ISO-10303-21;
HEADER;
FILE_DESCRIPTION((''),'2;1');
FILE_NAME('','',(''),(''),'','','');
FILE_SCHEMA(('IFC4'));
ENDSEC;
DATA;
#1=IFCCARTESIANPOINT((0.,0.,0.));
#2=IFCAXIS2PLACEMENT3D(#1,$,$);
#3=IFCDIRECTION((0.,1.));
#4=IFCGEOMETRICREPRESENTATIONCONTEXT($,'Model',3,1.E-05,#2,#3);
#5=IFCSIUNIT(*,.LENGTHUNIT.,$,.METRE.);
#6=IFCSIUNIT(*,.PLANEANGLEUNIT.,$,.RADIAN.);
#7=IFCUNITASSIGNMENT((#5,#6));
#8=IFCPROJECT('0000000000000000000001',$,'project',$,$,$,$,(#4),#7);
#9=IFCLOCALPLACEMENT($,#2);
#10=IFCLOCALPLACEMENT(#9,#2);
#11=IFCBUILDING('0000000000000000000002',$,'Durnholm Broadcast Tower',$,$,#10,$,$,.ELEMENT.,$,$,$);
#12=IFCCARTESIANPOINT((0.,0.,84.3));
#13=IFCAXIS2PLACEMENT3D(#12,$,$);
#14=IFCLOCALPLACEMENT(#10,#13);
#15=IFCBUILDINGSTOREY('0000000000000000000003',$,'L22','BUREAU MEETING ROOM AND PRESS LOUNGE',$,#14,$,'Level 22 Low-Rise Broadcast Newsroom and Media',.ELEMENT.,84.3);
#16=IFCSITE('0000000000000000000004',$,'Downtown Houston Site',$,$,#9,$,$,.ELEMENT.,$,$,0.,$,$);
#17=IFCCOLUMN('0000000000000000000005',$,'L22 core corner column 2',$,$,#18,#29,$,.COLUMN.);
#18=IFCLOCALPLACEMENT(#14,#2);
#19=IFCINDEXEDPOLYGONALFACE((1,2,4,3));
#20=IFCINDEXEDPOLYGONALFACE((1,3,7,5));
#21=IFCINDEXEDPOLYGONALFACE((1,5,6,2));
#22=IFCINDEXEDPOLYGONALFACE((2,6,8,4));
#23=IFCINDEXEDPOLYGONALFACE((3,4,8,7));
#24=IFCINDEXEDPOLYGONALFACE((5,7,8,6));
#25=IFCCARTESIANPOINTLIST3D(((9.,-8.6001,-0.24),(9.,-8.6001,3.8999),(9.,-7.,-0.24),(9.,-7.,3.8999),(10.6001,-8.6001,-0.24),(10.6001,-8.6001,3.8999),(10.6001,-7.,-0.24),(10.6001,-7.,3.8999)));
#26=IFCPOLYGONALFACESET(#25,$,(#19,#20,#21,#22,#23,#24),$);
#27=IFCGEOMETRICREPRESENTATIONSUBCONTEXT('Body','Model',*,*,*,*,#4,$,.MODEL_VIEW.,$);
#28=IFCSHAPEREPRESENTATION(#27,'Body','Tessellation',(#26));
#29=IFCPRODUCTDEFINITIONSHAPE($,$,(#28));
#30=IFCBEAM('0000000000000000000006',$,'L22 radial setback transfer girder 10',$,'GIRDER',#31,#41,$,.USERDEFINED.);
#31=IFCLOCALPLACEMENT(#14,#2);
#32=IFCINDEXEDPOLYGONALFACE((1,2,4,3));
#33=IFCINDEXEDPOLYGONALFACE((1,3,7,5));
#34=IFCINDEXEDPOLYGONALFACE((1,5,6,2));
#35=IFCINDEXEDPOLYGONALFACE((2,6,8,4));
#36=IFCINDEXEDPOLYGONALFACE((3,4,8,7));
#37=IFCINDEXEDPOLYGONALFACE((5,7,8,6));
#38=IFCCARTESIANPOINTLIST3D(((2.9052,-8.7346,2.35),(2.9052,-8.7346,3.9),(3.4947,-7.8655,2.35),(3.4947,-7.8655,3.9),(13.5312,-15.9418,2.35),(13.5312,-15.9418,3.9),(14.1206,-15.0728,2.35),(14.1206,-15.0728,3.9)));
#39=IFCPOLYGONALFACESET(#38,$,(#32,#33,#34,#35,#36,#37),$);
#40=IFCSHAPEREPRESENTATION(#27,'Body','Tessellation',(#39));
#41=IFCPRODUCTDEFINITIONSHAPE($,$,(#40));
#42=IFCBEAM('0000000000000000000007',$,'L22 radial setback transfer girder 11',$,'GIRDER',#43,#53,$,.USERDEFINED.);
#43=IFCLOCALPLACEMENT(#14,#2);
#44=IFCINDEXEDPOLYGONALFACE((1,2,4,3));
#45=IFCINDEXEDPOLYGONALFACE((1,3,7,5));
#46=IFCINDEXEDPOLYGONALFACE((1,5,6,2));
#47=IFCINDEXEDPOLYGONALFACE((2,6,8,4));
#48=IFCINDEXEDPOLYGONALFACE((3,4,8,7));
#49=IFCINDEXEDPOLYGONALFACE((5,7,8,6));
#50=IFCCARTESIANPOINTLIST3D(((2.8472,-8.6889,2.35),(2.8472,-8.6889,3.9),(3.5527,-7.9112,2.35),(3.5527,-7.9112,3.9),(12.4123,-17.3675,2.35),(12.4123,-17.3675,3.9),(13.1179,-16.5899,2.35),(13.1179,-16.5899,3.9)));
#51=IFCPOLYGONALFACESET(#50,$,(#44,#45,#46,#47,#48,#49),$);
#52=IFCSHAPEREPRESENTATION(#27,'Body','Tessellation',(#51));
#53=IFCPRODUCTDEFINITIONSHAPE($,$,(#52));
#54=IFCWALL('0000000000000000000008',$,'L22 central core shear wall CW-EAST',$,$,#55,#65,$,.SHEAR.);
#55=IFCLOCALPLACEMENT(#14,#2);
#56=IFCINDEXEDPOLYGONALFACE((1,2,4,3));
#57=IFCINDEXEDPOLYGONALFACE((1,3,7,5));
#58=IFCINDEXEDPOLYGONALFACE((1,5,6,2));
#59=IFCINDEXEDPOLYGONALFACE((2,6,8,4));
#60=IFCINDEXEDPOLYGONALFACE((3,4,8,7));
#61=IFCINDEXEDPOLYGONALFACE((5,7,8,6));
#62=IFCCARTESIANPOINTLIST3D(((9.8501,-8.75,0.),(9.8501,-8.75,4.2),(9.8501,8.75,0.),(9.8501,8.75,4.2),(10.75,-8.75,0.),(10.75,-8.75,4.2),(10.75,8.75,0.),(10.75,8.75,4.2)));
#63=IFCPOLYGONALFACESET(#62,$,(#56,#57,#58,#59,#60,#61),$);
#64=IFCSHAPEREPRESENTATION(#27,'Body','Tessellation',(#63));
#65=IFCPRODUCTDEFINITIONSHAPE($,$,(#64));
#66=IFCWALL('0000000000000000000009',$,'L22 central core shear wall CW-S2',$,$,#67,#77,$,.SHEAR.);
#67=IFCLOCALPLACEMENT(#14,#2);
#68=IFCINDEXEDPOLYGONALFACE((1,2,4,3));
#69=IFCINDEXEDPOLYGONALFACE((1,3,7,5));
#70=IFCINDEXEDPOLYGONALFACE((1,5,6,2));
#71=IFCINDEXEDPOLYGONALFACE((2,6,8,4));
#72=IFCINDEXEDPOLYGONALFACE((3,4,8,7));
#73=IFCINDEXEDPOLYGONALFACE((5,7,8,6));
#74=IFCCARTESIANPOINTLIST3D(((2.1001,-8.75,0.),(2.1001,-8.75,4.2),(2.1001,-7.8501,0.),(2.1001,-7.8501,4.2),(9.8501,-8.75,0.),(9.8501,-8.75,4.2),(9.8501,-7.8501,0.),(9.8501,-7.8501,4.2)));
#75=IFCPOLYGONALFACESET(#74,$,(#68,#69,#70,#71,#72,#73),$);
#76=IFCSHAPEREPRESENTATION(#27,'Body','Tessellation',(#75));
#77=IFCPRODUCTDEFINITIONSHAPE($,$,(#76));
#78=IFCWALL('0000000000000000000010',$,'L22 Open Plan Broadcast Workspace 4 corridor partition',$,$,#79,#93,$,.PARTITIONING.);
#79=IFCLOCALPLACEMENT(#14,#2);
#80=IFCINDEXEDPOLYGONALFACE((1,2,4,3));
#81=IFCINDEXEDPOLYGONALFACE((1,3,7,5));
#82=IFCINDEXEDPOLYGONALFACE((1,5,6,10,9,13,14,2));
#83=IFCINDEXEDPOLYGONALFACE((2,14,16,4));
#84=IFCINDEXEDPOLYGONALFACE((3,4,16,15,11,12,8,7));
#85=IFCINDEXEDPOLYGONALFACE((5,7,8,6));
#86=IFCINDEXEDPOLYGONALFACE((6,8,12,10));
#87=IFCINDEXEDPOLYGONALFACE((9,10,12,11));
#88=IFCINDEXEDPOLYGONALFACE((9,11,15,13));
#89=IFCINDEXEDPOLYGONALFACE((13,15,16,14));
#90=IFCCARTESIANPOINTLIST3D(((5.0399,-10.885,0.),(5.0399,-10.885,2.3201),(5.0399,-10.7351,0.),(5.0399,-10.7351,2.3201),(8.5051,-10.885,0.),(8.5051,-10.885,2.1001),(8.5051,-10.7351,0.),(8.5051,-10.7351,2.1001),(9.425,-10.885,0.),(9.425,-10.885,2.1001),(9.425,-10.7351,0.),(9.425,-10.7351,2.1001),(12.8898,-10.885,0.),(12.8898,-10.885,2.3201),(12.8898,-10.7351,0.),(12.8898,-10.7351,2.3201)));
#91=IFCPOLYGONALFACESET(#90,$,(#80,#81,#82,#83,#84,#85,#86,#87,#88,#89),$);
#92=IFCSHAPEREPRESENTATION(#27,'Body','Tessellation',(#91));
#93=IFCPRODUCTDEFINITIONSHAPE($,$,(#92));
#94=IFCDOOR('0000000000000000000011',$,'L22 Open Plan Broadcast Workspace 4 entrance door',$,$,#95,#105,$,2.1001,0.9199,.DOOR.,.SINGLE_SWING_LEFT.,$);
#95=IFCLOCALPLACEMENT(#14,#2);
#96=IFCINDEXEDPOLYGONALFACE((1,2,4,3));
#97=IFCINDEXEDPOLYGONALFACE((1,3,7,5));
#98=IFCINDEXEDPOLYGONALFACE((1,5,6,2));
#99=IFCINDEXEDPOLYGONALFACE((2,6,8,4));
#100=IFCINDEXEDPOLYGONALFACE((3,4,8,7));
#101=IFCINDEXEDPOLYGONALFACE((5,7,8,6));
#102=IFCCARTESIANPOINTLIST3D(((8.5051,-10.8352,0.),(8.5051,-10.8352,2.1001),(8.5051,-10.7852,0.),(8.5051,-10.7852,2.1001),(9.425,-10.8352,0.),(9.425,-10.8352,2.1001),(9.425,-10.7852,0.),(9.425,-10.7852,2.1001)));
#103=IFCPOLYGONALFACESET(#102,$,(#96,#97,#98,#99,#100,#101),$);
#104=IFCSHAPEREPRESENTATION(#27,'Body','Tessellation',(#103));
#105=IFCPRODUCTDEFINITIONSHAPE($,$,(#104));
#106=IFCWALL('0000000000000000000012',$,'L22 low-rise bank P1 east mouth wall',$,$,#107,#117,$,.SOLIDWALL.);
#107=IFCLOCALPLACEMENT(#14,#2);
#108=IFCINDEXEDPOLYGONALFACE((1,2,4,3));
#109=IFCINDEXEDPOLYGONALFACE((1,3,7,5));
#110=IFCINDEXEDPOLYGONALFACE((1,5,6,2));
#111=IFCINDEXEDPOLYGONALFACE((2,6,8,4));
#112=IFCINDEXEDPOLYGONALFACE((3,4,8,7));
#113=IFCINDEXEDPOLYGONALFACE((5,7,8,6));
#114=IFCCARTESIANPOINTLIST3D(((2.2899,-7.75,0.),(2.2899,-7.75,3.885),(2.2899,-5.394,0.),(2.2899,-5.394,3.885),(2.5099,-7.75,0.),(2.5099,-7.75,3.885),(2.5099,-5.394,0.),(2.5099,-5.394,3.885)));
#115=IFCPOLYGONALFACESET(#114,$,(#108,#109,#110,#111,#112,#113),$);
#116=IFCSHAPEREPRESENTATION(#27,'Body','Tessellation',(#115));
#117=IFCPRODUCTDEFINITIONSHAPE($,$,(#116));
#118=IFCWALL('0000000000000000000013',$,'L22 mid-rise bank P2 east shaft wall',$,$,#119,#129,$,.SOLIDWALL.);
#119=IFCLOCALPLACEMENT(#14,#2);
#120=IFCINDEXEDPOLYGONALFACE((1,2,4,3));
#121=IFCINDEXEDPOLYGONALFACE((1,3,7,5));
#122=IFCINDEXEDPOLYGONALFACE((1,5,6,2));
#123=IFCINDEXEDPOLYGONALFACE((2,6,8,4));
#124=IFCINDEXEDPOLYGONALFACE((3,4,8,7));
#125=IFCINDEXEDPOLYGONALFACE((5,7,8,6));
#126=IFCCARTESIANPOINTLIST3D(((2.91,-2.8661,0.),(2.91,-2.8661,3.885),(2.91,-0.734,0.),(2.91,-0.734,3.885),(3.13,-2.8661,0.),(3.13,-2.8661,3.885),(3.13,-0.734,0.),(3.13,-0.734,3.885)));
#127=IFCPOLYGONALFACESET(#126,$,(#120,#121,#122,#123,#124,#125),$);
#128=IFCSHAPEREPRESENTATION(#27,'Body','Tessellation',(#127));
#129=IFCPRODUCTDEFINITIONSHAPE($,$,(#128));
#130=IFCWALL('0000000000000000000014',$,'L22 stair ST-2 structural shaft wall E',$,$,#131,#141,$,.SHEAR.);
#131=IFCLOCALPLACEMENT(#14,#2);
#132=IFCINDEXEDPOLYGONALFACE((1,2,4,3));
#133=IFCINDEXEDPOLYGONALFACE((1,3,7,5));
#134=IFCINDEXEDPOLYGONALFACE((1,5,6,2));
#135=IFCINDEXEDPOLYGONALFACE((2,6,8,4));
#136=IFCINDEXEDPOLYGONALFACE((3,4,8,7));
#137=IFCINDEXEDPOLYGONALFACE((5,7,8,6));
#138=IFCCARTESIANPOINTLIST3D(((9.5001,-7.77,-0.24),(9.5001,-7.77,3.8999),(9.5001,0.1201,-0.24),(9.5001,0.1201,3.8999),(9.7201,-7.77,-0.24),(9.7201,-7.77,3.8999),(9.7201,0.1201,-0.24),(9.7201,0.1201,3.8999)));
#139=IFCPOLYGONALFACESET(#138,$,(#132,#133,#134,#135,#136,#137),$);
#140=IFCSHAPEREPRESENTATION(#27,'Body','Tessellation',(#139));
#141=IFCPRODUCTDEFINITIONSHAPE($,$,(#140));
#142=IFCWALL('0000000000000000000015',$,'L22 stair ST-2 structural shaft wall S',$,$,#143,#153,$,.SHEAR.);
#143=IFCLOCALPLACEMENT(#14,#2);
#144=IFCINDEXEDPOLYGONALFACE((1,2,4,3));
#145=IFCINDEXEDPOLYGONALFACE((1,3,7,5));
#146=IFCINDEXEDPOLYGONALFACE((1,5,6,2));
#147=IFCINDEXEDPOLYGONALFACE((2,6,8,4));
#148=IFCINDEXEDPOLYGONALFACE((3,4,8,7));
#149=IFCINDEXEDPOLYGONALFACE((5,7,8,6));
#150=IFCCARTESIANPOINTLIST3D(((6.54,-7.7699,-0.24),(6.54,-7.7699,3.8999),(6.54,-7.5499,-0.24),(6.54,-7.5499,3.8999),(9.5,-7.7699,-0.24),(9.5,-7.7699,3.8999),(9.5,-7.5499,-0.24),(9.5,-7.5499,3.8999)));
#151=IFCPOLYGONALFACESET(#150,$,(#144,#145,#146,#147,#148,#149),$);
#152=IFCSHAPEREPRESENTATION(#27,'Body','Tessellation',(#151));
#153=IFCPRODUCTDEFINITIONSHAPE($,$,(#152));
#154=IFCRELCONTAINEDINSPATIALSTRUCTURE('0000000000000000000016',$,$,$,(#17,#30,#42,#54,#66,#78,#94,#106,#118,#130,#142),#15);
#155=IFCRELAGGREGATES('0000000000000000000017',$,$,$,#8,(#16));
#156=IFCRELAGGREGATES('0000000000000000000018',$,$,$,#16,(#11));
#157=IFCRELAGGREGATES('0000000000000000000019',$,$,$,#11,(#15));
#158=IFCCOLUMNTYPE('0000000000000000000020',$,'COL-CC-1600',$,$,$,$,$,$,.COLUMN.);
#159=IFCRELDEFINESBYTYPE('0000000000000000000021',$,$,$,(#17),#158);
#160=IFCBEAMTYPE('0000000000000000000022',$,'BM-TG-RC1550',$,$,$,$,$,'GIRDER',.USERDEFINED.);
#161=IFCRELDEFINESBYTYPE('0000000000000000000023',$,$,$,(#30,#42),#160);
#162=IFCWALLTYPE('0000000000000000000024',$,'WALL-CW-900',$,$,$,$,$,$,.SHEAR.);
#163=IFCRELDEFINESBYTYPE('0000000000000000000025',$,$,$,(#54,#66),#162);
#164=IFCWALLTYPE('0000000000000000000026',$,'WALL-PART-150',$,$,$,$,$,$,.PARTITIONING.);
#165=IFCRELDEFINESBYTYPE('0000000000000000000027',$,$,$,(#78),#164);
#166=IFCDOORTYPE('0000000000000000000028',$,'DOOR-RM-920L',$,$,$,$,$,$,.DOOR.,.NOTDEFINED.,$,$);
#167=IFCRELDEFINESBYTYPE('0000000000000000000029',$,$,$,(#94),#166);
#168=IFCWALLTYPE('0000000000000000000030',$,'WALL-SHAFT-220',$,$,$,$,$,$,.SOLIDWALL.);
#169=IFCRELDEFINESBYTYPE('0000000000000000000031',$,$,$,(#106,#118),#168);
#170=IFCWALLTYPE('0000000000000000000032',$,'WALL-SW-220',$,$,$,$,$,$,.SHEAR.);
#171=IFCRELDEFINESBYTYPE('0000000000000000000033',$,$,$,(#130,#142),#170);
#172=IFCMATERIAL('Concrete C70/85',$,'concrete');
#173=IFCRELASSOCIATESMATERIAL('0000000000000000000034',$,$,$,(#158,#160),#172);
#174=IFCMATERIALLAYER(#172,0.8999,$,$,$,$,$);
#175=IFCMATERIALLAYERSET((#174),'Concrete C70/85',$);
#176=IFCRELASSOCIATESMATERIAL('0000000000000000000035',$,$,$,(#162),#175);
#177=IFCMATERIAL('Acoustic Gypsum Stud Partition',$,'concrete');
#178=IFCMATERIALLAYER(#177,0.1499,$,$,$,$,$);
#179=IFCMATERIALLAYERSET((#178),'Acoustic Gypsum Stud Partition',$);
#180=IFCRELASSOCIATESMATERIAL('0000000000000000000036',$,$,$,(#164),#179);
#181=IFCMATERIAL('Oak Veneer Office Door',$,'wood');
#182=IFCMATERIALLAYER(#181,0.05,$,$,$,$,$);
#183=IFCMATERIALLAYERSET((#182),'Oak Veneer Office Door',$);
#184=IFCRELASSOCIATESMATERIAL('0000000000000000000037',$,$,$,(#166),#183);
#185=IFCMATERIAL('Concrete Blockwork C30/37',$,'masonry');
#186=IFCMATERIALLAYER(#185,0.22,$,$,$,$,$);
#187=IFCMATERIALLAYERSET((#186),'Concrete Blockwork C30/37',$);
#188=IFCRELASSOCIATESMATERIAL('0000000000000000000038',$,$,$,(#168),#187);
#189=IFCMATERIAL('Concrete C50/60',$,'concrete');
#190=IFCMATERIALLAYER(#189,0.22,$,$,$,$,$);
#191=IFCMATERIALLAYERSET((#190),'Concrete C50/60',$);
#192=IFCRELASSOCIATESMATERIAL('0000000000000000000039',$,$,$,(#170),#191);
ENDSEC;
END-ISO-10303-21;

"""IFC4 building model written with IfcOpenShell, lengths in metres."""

from ifc_helpers import new_model, si_unit, direction, frame, frame_2d, origin, origin_2d, place, context, subcontext, project, spatial, rectangle, extrude, source, transform, mapped, material, layer, layer_set, material_profile, profile_set, type_object, type_shapes, element, fill, save


model = new_model("IFC4")

# Units and contexts
model_context = context("Model", 3, precision=1e-05, world=origin(), true_north=direction((0.0, 1.0)))
body_context = subcontext(model_context, "Body", "Model", "MODEL_VIEW")
ifc_project = project(units=[si_unit("LENGTHUNIT", "METRE"), si_unit("PLANEANGLEUNIT", "RADIAN")], contexts=[model_context])

# Site, building, storey
site_placement = place(None, origin())
site = spatial("IfcSite", under=ifc_project, at=site_placement, Name="Downtown Houston Site", CompositionType="ELEMENT", RefElevation=0.0)
building_placement = place(site_placement, origin())
building = spatial("IfcBuilding", under=site, at=building_placement, Name="Durnholm Broadcast Tower", CompositionType="ELEMENT")
storey_placement = place(building_placement, frame((0.0, 0.0, 84.3)))
storey = spatial("IfcBuildingStorey", under=building, at=storey_placement, Name="L22", Description="BUREAU MEETING ROOM AND PRESS LOUNGE", LongName="Level 22 Low-Rise Broadcast Newsroom and Media", CompositionType="ELEMENT", Elevation=84.3)

# Column
ifc_material_1 = material(Name="Concrete C70/85", Category="concrete")
ifc_material_profile_1 = material_profile(ifc_material_1, rectangle(XDim=1.6001, YDim=1.6001, at=origin_2d()), Name="RC1600X1600")
ifc_profile_set_1 = profile_set([ifc_material_profile_1], Name="Concrete C70/85")
column_type = type_object("IfcColumnType", Name="COL-CC-1600", PredefinedType="COLUMN", material=ifc_profile_set_1)
shared_shape_1 = source(origin(), body_context, "Body", "SweptSolid", [
    extrude(rectangle(XDim=1.6001, YDim=1.6001, at=origin_2d()), origin(), (0.0, 0.0, 1.0), 4.1399),
])
type_shapes(column_type, [shared_shape_1])
column_placement = place(storey_placement, frame((9.8, -7.8, -0.24), z_axis=(0.0, 0.0, 1.0), x_axis=(1.0, 0.0, 0.0)))
element("IfcColumn", 1, at=column_placement, inside=storey, type_object=column_type, Name="L22 core corner column 2", PredefinedType="COLUMN", context=body_context, shape_type="MappedRepresentation", body=[
    mapped(shared_shape_1, transform((0.0, 0.0, 0.0), x_axis=(1.0, 0.0, 0.0), y_axis=(0.0, 1.0, 0.0), z_axis=(0.0, 0.0, 1.0), scale=1.0)),
])

# Beams
ifc_material_profile_2 = material_profile(ifc_material_1, rectangle(XDim=1.05, YDim=1.55, at=origin_2d()), Name="RC1050X1550")
ifc_profile_set_2 = profile_set([ifc_material_profile_2], Name="Concrete C70/85")
beam_type = type_object("IfcBeamType", Name="BM-TG-RC1550", ElementType="GIRDER", PredefinedType="USERDEFINED", material=ifc_profile_set_2)
shared_shape_2 = source(origin(), body_context, "Body", "SweptSolid", [
    extrude(rectangle(XDim=1.05, YDim=1.55, at=origin_2d()), origin(), (0.0, 0.0, 1.0), 12.8396),
])
beam_1_placement = place(storey_placement, frame((3.2, -8.3, 3.125), z_axis=(0.827592, -0.56133, 0.0), x_axis=(0.56133, 0.827592, 0.0)))
element("IfcBeam", 2, at=beam_1_placement, inside=storey, type_object=beam_type, Name="L22 radial setback transfer girder 10", ObjectType="GIRDER", PredefinedType="USERDEFINED", context=body_context, shape_type="MappedRepresentation", body=[
    mapped(shared_shape_2, transform((0.0, 0.0, 0.0), x_axis=(1.0, 0.0, 0.0), y_axis=(0.0, 1.0, 0.0), z_axis=(0.0, 0.0, 1.0), scale=1.0)),
])
shared_shape_3 = source(origin(), body_context, "Body", "SweptSolid", [
    extrude(rectangle(XDim=1.05, YDim=1.55, at=origin_2d()), origin(), (0.0, 0.0, 1.0), 12.9155),
])
type_shapes(beam_type, [shared_shape_2, shared_shape_3])
beam_2_placement = place(storey_placement, frame((3.2, -8.3, 3.125), z_axis=(0.740591, -0.671956, 0.0), x_axis=(0.671956, 0.740591, 0.0)))
element("IfcBeam", 3, at=beam_2_placement, inside=storey, type_object=beam_type, Name="L22 radial setback transfer girder 11", ObjectType="GIRDER", PredefinedType="USERDEFINED", context=body_context, shape_type="MappedRepresentation", body=[
    mapped(shared_shape_3, transform((0.0, 0.0, 0.0), x_axis=(1.0, 0.0, 0.0), y_axis=(0.0, 1.0, 0.0), z_axis=(0.0, 0.0, 1.0), scale=1.0)),
])

# Walls
ifc_layer_1 = layer(ifc_material_1, 0.8999)
ifc_layer_set_1 = layer_set([ifc_layer_1], Name="Concrete C70/85")
wall_type_1 = type_object("IfcWallType", Name="WALL-CW-900", PredefinedType="SHEAR", material=ifc_layer_set_1)
wall_1_placement = place(storey_placement, frame((10.3, -8.75, 0.0), z_axis=(0.0, 0.0, 1.0), x_axis=(0.0, 1.0, 0.0)))
element("IfcWall", 4, at=wall_1_placement, inside=storey, type_object=wall_type_1, Name="L22 central core shear wall CW-EAST", PredefinedType="SHEAR", context=body_context, shape_type="SweptSolid", body=[
    extrude(rectangle(XDim=17.5, YDim=0.8999, at=frame_2d((8.75, 0.0))), origin(), (0.0, 0.0, 1.0), 4.2),
])
wall_2_placement = place(storey_placement, frame((2.1001, -8.3, 0.0), z_axis=(0.0, 0.0, 1.0), x_axis=(1.0, 0.0, 0.0)))
element("IfcWall", 5, at=wall_2_placement, inside=storey, type_object=wall_type_1, Name="L22 central core shear wall CW-S2", PredefinedType="SHEAR", context=body_context, shape_type="SweptSolid", body=[
    extrude(rectangle(XDim=7.75, YDim=0.8999, at=frame_2d((3.875, 0.0))), origin(), (0.0, 0.0, 1.0), 4.2),
])

# Wall, opening, door
ifc_material_2 = material(Name="Acoustic Gypsum Stud Partition", Category="concrete")
ifc_layer_2 = layer(ifc_material_2, 0.1499)
ifc_layer_set_2 = layer_set([ifc_layer_2], Name="Acoustic Gypsum Stud Partition")
wall_type_2 = type_object("IfcWallType", Name="WALL-PART-150", PredefinedType="PARTITIONING", material=ifc_layer_set_2)
wall_3_placement = place(storey_placement, frame((5.04, -10.8101, 0.0), z_axis=(0.0, 0.0, 1.0), x_axis=(1.0, 0.0, 0.0)))
wall_3 = element("IfcWall", 6, at=wall_3_placement, inside=storey, type_object=wall_type_2, Name="L22 Open Plan Broadcast Workspace 4 corridor partition", PredefinedType="PARTITIONING", context=body_context, shape_type="SweptSolid", body=[
    extrude(rectangle(XDim=7.8499, YDim=0.1499, at=frame_2d((3.9248, 0.0))), origin(), (0.0, 0.0, 1.0), 2.3201),
])
opening_1_placement = place(wall_3_placement, frame((3.4651, 0.0, 0.0)))
opening_1 = element("IfcOpeningElement", 7, at=opening_1_placement, cuts=wall_3, PredefinedType="OPENING", context=body_context, shape_type="SweptSolid", body=[
    extrude(rectangle(XDim=0.9199, YDim=2.1001, at=frame_2d((0.46, 1.05))), frame((0.0, 0.085, 0.0), z_axis=(0.0, -1.0, 0.0), x_axis=(1.0, 0.0, 0.0)), (0.0, 0.0, 1.0), 0.1699),
])
ifc_material_3 = material(Name="Oak Veneer Office Door", Category="wood")
ifc_layer_3 = layer(ifc_material_3, 0.05)
ifc_layer_set_3 = layer_set([ifc_layer_3], Name="Oak Veneer Office Door")
door_type_1 = type_object("IfcDoorType", Name="DOOR-RM-920L", OperationType="NOTDEFINED", PredefinedType="DOOR", material=ifc_layer_set_3)
shared_shape_4 = source(origin(), body_context, "Body", "SweptSolid", [
    extrude(rectangle(XDim=0.9199, YDim=2.1001, at=frame_2d((0.46, 1.05))), frame((0.0, 0.0249, 0.0), z_axis=(0.0, -1.0, 0.0), x_axis=(1.0, 0.0, 0.0)), (0.0, 0.0, 1.0), 0.05),
])
type_shapes(door_type_1, [shared_shape_4])
door_1_placement = place(opening_1_placement, origin())
door_1 = element("IfcDoor", 8, at=door_1_placement, inside=storey, type_object=door_type_1, Name="L22 Open Plan Broadcast Workspace 4 entrance door", OperationType="SINGLE_SWING_LEFT", OverallHeight=2.1001, OverallWidth=0.9199, PredefinedType="DOOR", context=body_context, shape_type="MappedRepresentation", body=[
    mapped(shared_shape_4, transform((0.0, 0.0, 0.0), x_axis=(1.0, 0.0, 0.0), y_axis=(0.0, 1.0, 0.0), z_axis=(0.0, 0.0, 1.0), scale=1.0)),
])
fill(opening_1, door_1)

# Shared definitions
ifc_material_4 = material(Name="Concrete Blockwork C30/37", Category="masonry")
ifc_layer_4 = layer(ifc_material_4, 0.22)
ifc_layer_set_4 = layer_set([ifc_layer_4], Name="Concrete Blockwork C30/37")
wall_type_3 = type_object("IfcWallType", Name="WALL-SHAFT-220", PredefinedType="SOLIDWALL", material=ifc_layer_set_4)

# Walls
wall_4_placement = place(storey_placement, frame((2.3999, -7.75, 0.0), z_axis=(0.0, 0.0, 1.0), x_axis=(0.0, 1.0, 0.0)))
element("IfcWall", 9, at=wall_4_placement, inside=storey, type_object=wall_type_3, Name="L22 low-rise bank P1 east mouth wall", PredefinedType="SOLIDWALL", context=body_context, shape_type="SweptSolid", body=[
    extrude(rectangle(XDim=2.356, YDim=0.22, at=frame_2d((1.178, 0.0))), origin(), (0.0, 0.0, 1.0), 3.885),
])
wall_5_placement = place(storey_placement, frame((3.02, -2.866, 0.0), z_axis=(0.0, 0.0, 1.0), x_axis=(0.0, 1.0, 0.0)))
element("IfcWall", 10, at=wall_5_placement, inside=storey, type_object=wall_type_3, Name="L22 mid-rise bank P2 east shaft wall", PredefinedType="SOLIDWALL", context=body_context, shape_type="SweptSolid", body=[
    extrude(rectangle(XDim=2.1321, YDim=0.22, at=frame_2d((1.0659, 0.0))), origin(), (0.0, 0.0, 1.0), 3.885),
])
ifc_material_5 = material(Name="Concrete C50/60", Category="concrete")
ifc_layer_5 = layer(ifc_material_5, 0.22)
ifc_layer_set_5 = layer_set([ifc_layer_5], Name="Concrete C50/60")
wall_type_4 = type_object("IfcWallType", Name="WALL-SW-220", PredefinedType="SHEAR", material=ifc_layer_set_5)
wall_6_placement = place(storey_placement, frame((9.6101, -7.77, -0.24), z_axis=(0.0, 0.0, 1.0), x_axis=(0.0, 1.0, 0.0)))
element("IfcWall", 11, at=wall_6_placement, inside=storey, type_object=wall_type_4, Name="L22 stair ST-2 structural shaft wall E", PredefinedType="SHEAR", context=body_context, shape_type="SweptSolid", body=[
    extrude(rectangle(XDim=7.8901, YDim=0.22, at=frame_2d((3.9451, 0.0))), origin(), (0.0, 0.0, 1.0), 4.1399),
])
wall_7_placement = place(storey_placement, frame((6.54, -7.6599, -0.24), z_axis=(0.0, 0.0, 1.0), x_axis=(1.0, 0.0, 0.0)))
element("IfcWall", 12, at=wall_7_placement, inside=storey, type_object=wall_type_4, Name="L22 stair ST-2 structural shaft wall S", PredefinedType="SHEAR", context=body_context, shape_type="SweptSolid", body=[
    extrude(rectangle(XDim=2.96, YDim=0.22, at=frame_2d((1.48, 0.0))), origin(), (0.0, 0.0, 1.0), 4.1399),
])

save(model, "model.ifc")
